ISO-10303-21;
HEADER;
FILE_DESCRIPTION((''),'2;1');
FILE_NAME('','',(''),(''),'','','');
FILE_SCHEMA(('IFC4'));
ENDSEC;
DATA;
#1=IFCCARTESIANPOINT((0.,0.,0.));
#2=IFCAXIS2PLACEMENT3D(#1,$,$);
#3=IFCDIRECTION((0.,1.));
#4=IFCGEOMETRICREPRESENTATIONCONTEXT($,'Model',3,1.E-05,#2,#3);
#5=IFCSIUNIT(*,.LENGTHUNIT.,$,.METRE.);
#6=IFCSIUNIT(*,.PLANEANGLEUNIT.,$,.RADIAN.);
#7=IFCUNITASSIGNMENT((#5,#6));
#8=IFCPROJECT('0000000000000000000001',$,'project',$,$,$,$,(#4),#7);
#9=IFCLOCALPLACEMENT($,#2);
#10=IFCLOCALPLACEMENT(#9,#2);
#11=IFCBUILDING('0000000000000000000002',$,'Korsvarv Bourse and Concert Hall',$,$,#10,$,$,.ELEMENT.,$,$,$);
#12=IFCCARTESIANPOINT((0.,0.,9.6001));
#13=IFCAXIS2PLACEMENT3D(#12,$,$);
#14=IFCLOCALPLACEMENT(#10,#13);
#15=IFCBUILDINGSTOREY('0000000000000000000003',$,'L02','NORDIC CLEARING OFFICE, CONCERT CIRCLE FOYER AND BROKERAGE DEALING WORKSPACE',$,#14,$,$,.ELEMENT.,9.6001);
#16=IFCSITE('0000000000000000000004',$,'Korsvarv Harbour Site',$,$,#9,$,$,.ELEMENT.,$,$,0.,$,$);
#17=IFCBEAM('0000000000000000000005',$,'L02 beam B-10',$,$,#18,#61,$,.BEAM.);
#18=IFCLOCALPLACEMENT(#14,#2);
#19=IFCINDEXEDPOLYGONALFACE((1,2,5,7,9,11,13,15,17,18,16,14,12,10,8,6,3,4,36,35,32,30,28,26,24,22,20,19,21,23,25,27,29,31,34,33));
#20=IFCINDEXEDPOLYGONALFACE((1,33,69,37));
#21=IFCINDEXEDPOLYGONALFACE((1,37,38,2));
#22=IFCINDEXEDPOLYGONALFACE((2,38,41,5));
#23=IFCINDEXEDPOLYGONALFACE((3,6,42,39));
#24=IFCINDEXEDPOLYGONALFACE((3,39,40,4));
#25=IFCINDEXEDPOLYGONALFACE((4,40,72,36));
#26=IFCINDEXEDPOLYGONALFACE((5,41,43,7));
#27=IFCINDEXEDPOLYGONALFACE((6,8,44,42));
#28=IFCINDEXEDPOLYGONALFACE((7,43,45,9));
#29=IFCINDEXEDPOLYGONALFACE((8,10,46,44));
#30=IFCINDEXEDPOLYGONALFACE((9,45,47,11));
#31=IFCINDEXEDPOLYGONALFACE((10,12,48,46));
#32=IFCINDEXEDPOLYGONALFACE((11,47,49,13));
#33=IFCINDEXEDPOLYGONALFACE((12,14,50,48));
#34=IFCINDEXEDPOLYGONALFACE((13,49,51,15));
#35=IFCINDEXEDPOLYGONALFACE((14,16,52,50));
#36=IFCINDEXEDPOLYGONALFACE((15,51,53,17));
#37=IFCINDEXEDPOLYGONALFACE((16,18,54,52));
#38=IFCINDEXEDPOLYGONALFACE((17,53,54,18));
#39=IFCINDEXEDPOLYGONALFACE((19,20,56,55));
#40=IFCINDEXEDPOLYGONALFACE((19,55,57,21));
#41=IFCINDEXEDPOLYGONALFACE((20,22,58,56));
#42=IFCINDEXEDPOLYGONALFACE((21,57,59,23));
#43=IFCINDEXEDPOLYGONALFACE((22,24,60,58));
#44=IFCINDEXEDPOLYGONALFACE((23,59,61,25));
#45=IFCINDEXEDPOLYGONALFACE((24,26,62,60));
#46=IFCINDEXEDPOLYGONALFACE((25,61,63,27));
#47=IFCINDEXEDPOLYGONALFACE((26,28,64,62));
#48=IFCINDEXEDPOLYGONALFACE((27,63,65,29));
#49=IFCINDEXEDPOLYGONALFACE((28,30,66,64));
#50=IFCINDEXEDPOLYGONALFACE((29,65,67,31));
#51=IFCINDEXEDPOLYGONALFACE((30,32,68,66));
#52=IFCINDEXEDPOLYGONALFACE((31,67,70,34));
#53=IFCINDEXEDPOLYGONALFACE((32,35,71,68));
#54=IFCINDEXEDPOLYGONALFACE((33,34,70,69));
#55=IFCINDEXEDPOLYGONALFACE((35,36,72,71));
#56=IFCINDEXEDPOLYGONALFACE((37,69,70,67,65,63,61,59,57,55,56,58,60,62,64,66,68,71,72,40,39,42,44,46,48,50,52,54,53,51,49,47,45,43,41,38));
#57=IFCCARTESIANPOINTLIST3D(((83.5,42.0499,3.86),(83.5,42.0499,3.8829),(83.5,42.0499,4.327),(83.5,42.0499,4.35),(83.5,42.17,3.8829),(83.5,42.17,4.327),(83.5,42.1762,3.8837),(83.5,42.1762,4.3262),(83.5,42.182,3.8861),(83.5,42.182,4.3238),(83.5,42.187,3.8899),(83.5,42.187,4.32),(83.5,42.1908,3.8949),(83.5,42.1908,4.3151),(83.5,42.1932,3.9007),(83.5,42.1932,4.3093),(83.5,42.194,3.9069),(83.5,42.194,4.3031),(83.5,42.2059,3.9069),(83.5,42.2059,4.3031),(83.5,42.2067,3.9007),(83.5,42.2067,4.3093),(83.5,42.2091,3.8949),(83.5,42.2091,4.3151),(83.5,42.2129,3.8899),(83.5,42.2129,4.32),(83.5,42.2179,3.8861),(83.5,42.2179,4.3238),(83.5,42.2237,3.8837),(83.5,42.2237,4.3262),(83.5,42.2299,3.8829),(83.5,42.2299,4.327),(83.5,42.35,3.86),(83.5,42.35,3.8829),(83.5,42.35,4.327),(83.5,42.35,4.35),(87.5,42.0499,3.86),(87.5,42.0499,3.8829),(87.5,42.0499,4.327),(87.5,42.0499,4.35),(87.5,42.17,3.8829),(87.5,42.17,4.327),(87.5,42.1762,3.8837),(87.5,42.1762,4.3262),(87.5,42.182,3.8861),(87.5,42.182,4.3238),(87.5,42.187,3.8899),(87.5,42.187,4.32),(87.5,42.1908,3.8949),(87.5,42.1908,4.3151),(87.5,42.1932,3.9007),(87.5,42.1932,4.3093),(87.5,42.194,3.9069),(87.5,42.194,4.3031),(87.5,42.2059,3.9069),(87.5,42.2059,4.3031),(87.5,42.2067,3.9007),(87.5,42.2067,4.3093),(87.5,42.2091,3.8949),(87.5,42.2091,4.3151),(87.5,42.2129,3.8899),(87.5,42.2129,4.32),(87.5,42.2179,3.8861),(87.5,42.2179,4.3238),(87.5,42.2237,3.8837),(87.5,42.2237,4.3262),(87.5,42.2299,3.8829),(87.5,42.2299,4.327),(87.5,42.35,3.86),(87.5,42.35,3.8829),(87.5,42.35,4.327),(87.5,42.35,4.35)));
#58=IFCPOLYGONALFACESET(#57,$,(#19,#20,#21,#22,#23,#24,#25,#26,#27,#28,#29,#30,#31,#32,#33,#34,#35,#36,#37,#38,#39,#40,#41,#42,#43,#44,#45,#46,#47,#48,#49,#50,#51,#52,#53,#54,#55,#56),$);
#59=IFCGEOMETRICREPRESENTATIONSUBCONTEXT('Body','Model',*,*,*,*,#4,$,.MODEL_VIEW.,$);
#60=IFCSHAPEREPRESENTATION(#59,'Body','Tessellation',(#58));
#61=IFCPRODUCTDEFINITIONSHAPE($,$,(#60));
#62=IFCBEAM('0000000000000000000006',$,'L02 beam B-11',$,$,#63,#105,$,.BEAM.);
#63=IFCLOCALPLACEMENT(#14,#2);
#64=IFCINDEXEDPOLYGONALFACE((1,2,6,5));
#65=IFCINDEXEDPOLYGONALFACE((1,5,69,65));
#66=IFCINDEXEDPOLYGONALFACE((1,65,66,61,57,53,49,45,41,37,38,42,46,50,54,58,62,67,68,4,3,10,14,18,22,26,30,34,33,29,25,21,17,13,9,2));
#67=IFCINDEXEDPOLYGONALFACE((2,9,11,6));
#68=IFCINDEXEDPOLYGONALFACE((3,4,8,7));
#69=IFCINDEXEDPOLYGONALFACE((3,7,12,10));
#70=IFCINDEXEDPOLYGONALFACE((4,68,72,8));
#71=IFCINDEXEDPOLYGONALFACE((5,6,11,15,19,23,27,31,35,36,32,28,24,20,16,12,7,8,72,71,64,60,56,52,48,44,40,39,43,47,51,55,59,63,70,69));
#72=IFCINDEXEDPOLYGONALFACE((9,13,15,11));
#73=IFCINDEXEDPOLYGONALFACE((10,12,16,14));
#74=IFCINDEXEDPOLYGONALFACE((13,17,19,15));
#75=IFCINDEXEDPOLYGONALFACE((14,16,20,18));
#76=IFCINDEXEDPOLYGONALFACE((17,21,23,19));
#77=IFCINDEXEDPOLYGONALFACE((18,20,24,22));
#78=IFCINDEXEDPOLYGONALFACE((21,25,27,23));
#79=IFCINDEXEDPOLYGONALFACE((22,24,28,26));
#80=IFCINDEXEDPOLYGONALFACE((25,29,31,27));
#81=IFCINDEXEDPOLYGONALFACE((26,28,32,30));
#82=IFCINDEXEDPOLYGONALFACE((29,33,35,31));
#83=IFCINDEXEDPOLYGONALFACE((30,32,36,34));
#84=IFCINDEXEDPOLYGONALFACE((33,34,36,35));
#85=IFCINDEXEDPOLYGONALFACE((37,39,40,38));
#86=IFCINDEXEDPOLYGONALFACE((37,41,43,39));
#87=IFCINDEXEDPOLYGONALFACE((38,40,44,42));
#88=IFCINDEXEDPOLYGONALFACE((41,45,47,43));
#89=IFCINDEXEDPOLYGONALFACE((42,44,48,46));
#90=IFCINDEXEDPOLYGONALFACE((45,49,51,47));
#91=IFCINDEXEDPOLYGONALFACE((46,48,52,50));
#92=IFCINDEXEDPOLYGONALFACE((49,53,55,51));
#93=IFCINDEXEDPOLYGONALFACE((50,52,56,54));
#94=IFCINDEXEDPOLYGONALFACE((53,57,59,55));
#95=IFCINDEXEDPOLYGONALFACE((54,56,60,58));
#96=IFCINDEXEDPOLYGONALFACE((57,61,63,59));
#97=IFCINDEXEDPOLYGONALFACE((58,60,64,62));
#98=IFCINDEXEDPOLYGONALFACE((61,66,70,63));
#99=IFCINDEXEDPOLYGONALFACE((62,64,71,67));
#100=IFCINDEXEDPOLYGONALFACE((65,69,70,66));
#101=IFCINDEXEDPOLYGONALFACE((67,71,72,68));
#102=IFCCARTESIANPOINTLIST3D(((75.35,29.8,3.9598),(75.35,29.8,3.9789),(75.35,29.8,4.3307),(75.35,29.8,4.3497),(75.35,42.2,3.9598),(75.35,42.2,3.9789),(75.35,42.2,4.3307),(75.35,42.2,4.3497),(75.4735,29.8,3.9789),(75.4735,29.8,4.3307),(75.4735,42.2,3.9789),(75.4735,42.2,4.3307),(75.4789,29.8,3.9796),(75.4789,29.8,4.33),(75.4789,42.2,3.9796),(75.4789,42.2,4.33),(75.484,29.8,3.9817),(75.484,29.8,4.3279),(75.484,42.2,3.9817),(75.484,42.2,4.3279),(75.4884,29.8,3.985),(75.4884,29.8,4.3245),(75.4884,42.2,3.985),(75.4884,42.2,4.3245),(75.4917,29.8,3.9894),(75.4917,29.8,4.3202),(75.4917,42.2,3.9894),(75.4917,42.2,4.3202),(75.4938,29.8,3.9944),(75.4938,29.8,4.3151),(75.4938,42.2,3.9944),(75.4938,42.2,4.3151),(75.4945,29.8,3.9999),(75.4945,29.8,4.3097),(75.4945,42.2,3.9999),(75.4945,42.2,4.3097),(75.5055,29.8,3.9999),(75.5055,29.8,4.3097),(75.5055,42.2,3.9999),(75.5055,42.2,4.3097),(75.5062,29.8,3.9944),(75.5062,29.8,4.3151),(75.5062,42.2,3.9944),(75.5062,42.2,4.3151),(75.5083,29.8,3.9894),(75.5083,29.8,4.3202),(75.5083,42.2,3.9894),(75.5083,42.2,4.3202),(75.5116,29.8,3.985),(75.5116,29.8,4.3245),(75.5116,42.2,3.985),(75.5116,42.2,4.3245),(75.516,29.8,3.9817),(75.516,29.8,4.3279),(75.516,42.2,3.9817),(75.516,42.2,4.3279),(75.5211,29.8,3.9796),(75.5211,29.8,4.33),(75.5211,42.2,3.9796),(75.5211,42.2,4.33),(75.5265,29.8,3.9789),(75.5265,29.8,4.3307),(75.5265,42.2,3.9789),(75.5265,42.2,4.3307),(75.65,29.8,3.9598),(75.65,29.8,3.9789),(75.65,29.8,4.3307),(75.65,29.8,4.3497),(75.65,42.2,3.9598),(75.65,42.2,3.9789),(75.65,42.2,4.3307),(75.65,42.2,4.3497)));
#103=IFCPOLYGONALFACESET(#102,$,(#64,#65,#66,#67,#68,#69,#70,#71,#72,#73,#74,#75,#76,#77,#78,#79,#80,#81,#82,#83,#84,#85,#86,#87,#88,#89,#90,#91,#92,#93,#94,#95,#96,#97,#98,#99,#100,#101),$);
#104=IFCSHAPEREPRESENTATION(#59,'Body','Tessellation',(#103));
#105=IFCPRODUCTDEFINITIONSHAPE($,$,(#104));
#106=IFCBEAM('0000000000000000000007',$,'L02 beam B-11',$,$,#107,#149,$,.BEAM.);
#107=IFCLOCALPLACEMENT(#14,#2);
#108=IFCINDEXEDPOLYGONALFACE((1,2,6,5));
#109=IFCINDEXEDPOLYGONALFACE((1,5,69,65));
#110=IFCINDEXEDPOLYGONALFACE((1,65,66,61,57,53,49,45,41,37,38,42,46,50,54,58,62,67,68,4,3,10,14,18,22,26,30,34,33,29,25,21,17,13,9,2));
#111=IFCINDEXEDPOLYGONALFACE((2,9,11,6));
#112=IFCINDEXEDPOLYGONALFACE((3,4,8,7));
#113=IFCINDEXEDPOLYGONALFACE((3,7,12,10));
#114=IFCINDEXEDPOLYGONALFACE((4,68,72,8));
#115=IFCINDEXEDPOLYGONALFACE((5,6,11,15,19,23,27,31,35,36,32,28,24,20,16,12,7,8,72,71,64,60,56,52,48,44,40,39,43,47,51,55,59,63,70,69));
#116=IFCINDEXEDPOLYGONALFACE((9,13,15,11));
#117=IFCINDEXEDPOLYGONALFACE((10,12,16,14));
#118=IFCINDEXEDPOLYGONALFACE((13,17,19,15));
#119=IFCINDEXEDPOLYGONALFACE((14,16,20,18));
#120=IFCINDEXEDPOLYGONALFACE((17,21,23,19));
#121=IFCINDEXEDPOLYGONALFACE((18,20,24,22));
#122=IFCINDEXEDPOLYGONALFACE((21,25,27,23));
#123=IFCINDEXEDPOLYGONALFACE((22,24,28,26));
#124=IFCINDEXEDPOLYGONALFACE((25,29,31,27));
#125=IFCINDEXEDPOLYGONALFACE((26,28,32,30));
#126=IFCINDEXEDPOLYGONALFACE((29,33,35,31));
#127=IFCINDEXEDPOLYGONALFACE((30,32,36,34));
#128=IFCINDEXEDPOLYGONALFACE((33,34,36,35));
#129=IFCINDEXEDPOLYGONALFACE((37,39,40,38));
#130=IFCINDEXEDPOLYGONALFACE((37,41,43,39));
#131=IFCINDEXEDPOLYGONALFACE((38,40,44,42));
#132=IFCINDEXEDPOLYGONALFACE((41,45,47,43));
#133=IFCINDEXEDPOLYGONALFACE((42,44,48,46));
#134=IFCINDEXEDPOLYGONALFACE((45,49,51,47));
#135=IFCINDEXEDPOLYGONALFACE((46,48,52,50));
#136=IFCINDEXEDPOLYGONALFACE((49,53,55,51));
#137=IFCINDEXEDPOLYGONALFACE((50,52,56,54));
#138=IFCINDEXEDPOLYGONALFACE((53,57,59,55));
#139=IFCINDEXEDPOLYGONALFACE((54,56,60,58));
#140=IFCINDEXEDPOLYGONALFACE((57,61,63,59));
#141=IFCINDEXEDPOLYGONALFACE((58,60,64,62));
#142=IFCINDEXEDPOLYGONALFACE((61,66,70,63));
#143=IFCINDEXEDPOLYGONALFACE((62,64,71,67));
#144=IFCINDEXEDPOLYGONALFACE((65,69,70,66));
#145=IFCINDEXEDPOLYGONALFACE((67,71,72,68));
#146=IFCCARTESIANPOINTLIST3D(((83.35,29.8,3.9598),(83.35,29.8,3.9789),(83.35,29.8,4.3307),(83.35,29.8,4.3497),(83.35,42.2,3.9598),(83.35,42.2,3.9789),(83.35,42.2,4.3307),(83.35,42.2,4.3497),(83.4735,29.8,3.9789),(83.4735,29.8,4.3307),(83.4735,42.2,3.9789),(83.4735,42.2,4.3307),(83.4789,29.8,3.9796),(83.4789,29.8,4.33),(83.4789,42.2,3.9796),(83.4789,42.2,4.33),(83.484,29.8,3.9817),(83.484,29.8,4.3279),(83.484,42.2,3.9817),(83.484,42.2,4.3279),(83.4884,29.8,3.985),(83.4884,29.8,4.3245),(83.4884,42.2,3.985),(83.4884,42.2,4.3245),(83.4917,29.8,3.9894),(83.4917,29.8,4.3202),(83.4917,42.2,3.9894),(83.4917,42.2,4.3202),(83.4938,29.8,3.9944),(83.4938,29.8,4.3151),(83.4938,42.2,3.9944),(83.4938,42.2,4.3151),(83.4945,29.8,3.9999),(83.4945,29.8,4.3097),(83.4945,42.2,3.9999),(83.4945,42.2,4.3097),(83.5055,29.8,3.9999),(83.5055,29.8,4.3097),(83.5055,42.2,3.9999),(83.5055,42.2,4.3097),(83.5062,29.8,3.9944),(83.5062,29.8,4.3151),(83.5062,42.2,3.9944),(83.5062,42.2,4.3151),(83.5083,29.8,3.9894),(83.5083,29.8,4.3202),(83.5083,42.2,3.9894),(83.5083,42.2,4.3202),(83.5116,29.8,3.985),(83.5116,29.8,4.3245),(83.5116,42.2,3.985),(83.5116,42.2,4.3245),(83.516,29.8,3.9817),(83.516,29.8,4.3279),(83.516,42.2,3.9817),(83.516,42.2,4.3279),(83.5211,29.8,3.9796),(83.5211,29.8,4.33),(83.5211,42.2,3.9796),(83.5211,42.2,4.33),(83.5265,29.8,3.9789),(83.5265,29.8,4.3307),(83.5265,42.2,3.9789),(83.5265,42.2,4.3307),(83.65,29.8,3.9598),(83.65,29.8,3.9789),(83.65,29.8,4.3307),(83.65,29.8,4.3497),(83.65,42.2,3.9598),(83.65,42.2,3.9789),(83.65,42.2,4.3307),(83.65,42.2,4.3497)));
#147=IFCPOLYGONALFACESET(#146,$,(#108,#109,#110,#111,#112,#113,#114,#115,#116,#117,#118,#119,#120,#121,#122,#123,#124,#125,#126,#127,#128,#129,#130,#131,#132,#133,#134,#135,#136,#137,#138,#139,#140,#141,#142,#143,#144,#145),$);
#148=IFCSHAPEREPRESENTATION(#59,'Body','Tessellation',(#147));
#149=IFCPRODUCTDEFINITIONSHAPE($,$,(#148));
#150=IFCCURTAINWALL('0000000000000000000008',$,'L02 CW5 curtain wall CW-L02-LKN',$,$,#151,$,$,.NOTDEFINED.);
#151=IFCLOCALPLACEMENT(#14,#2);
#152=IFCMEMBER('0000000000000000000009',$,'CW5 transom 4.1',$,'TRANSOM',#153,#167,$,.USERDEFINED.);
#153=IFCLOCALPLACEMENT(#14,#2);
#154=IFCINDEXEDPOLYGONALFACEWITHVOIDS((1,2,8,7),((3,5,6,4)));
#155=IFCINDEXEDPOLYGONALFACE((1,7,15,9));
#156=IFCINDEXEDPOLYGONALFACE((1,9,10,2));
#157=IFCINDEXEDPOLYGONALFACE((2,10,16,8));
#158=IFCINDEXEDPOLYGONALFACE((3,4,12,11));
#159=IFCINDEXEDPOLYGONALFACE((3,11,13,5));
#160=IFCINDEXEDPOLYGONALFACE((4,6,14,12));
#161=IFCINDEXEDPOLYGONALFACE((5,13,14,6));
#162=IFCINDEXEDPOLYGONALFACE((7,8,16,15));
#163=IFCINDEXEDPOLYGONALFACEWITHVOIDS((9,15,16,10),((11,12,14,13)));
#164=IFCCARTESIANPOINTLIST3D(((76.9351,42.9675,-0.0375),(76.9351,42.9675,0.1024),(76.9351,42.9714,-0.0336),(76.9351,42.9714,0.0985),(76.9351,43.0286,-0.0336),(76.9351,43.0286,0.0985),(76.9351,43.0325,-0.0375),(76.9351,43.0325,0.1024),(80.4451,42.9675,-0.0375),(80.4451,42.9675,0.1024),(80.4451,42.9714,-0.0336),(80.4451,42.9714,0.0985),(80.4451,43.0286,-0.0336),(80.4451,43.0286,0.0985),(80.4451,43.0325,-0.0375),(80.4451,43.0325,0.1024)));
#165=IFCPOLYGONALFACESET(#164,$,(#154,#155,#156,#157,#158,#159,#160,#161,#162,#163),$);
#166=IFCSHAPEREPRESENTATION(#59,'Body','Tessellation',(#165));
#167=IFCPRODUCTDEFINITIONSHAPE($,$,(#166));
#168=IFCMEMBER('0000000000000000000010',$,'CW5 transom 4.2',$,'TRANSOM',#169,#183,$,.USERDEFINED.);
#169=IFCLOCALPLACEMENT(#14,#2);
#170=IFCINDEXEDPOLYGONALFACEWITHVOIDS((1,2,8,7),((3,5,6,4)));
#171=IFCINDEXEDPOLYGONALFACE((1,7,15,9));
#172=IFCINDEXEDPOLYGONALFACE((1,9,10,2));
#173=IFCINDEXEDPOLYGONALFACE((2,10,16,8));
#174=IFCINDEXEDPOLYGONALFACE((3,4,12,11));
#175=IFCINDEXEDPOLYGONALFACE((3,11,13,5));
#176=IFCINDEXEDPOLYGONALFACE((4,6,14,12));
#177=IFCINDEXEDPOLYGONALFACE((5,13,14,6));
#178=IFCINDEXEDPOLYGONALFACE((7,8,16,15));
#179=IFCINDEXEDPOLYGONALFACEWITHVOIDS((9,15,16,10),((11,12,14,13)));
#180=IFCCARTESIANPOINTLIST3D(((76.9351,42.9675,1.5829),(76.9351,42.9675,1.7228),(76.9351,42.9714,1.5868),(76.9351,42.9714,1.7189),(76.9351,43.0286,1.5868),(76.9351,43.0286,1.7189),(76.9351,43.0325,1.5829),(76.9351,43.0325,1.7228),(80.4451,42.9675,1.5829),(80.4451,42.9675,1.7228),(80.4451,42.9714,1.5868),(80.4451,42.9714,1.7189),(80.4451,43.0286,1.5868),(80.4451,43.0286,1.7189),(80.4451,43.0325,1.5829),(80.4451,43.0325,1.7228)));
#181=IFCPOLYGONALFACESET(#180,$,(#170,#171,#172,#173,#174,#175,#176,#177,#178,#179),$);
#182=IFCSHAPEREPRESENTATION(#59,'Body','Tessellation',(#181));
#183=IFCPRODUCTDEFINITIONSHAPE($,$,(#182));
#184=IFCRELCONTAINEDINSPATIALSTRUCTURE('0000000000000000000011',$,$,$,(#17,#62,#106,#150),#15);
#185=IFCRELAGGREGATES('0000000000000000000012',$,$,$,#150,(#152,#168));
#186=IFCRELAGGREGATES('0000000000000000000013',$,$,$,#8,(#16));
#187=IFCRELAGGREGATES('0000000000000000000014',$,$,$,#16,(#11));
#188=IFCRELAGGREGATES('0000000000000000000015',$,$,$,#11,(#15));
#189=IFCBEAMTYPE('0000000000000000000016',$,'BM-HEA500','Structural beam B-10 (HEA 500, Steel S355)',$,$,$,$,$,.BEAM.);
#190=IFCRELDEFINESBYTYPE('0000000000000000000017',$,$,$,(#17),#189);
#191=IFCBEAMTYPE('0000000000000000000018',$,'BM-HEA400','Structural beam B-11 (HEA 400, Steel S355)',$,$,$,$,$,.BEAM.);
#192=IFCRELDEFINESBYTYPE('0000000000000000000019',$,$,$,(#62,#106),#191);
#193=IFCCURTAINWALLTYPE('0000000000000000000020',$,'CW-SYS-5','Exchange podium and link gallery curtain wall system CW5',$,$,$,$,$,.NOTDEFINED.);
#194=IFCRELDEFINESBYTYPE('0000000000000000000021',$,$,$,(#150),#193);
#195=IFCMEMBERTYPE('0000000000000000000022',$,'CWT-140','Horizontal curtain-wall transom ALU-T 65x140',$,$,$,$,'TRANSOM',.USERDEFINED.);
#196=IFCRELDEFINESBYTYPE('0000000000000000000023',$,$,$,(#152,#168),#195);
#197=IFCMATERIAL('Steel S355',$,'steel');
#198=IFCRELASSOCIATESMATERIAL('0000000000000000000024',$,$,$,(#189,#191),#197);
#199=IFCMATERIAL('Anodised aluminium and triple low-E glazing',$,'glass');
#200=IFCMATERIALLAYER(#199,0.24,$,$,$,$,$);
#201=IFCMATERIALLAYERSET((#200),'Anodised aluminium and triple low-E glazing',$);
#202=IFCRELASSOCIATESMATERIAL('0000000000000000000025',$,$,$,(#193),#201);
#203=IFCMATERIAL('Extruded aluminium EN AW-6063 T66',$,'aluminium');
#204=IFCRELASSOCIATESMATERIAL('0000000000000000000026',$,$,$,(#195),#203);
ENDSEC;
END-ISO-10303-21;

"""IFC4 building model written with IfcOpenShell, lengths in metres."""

from ifc_helpers import new_model, si_unit, direction, frame, origin, origin_2d, place, context, subcontext, project, spatial, hollow_rectangle, i_section, extrude, source, transform, mapped, material, layer, layer_set, material_profile, profile_set, type_object, element, aggregate, save


model = new_model("IFC4")

# Units and contexts
model_context = context("Model", 3, precision=1e-05, world=origin(), true_north=direction((0.0, 1.0)))
body_context = subcontext(model_context, "Body", "Model", "MODEL_VIEW")
ifc_project = project(units=[si_unit("LENGTHUNIT", "METRE"), si_unit("PLANEANGLEUNIT", "RADIAN")], contexts=[model_context])

# Site, building, storey
site_placement = place(None, origin())
site = spatial("IfcSite", under=ifc_project, at=site_placement, Name="Korsvarv Harbour Site", CompositionType="ELEMENT", RefElevation=0.0)
building_placement = place(site_placement, origin())
building = spatial("IfcBuilding", under=site, at=building_placement, Name="Korsvarv Bourse and Concert Hall", CompositionType="ELEMENT")
storey_placement = place(building_placement, frame((0.0, 0.0, 9.6001)))
storey = spatial("IfcBuildingStorey", under=building, at=storey_placement, Name="L02", Description="NORDIC CLEARING OFFICE, CONCERT CIRCLE FOYER AND BROKERAGE DEALING WORKSPACE", CompositionType="ELEMENT", Elevation=9.6001)

# Beams
ifc_material_1 = material(Name="Steel S355", Category="steel")
ifc_material_profile_1 = material_profile(ifc_material_1, i_section(OverallWidth=0.3, OverallDepth=0.49, WebThickness=0.012, FlangeThickness=0.0229, FilletRadius=0.0239, at=origin_2d()), Name="HEA 500")
ifc_profile_set_1 = profile_set([ifc_material_profile_1], Name="Steel S355")
beam_type_1 = type_object("IfcBeamType", Name="BM-HEA500", Description="Structural beam B-10 (HEA 500, Steel S355)", PredefinedType="BEAM", material=ifc_profile_set_1)
shared_shape_1 = source(origin(), body_context, "Body", "SweptSolid", [
    extrude(i_section(OverallWidth=0.3, OverallDepth=0.49, WebThickness=0.012, FlangeThickness=0.0229, FilletRadius=0.0239, at=origin_2d()), origin(), (0.0, 0.0, 1.0), 4.0),
])
for number, where, z_axis, x_axis, name in (
    (1, (83.5, 42.2, 4.105), (1.0, 0.0, 0.0), (0.0, 1.0, 0.0), "L02 beam B-10"),
):
    element("IfcBeam", number, at=place(storey_placement, frame(where, z_axis=z_axis, x_axis=x_axis)), inside=storey, type_object=beam_type_1, Name=name, PredefinedType="BEAM", context=body_context, shape_type="MappedRepresentation", body=[
        mapped(shared_shape_1, transform((0.0, 0.0, 0.0), scale=1.0)),
    ])
ifc_material_profile_2 = material_profile(ifc_material_1, i_section(OverallWidth=0.3, OverallDepth=0.3899, WebThickness=0.011, FlangeThickness=0.019, FilletRadius=0.021, at=origin_2d()), Name="HEA 400")
ifc_profile_set_2 = profile_set([ifc_material_profile_2], Name="Steel S355")
beam_type_2 = type_object("IfcBeamType", Name="BM-HEA400", Description="Structural beam B-11 (HEA 400, Steel S355)", PredefinedType="BEAM", material=ifc_profile_set_2)
shared_shape_2 = source(origin(), body_context, "Body", "SweptSolid", [
    extrude(i_section(OverallWidth=0.3, OverallDepth=0.3899, WebThickness=0.011, FlangeThickness=0.019, FilletRadius=0.021, at=origin_2d()), origin(), (0.0, 0.0, 1.0), 12.3999),
])
for number, where, z_axis, x_axis, name in (
    (2, (75.5, 29.8, 4.1548), (0.0, 1.0, 0.0), (-1.0, 0.0, 0.0), "L02 beam B-11"),
    (3, (83.5, 29.8, 4.1548), (0.0, 1.0, 0.0), (-1.0, 0.0, 0.0), "L02 beam B-11"),
):
    element("IfcBeam", number, at=place(storey_placement, frame(where, z_axis=z_axis, x_axis=x_axis)), inside=storey, type_object=beam_type_2, Name=name, PredefinedType="BEAM", context=body_context, shape_type="MappedRepresentation", body=[
        mapped(shared_shape_2, transform((0.0, 0.0, 0.0), scale=1.0)),
    ])

# Curtain wall, members
ifc_material_2 = material(Name="Anodised aluminium and triple low-E glazing", Category="glass")
ifc_layer_1 = layer(ifc_material_2, 0.24)
ifc_layer_set_1 = layer_set([ifc_layer_1], Name="Anodised aluminium and triple low-E glazing")
curtain_wall_type = type_object("IfcCurtainWallType", Name="CW-SYS-5", Description="Exchange podium and link gallery curtain wall system CW5", PredefinedType="NOTDEFINED", material=ifc_layer_set_1)
curtain_wall_placement = place(storey_placement, origin())
curtain_wall = element("IfcCurtainWall", 4, at=curtain_wall_placement, inside=storey, type_object=curtain_wall_type, Name="L02 CW5 curtain wall CW-L02-LKN", PredefinedType="NOTDEFINED")
ifc_material_3 = material(Name="Extruded aluminium EN AW-6063 T66", Category="aluminium")
ifc_material_profile_3 = material_profile(ifc_material_3, hollow_rectangle(XDim=0.0649, YDim=0.1399, WallThickness=0.0039, at=origin_2d()), Name="ALU-T 65x140")
ifc_profile_set_3 = profile_set([ifc_material_profile_3], Name="Extruded aluminium EN AW-6063 T66")
member_type_1 = type_object("IfcMemberType", Name="CWT-140", Description="Horizontal curtain-wall transom ALU-T 65x140", ElementType="TRANSOM", PredefinedType="USERDEFINED", material=ifc_profile_set_3)
shared_shape_3 = source(origin(), body_context, "Body", "SweptSolid", [
    extrude(hollow_rectangle(XDim=0.0649, YDim=0.1399, WallThickness=0.0039, at=origin_2d()), origin(), (0.0, 0.0, 1.0), 3.51),
])
member_1_placement = place(storey_placement, frame((76.9351, 43.0, 0.0325), z_axis=(1.0, 0.0, 0.0), x_axis=(0.0, 1.0, 0.0)))
member_1 = element("IfcMember", 5, at=member_1_placement, type_object=member_type_1, Name="CW5 transom 4.1", ObjectType="TRANSOM", PredefinedType="USERDEFINED", context=body_context, shape_type="MappedRepresentation", body=[
    mapped(shared_shape_3, transform((0.0, 0.0, 0.0), scale=1.0)),
])
member_2_placement = place(storey_placement, frame((76.9351, 43.0, 1.6528), z_axis=(1.0, 0.0, 0.0), x_axis=(0.0, 1.0, 0.0)))
member_2 = element("IfcMember", 6, at=member_2_placement, type_object=member_type_1, Name="CW5 transom 4.2", ObjectType="TRANSOM", PredefinedType="USERDEFINED", context=body_context, shape_type="MappedRepresentation", body=[
    mapped(shared_shape_3, transform((0.0, 0.0, 0.0), scale=1.0)),
])
aggregate(curtain_wall, [member_1, member_2])

save(model, "model.ifc")
